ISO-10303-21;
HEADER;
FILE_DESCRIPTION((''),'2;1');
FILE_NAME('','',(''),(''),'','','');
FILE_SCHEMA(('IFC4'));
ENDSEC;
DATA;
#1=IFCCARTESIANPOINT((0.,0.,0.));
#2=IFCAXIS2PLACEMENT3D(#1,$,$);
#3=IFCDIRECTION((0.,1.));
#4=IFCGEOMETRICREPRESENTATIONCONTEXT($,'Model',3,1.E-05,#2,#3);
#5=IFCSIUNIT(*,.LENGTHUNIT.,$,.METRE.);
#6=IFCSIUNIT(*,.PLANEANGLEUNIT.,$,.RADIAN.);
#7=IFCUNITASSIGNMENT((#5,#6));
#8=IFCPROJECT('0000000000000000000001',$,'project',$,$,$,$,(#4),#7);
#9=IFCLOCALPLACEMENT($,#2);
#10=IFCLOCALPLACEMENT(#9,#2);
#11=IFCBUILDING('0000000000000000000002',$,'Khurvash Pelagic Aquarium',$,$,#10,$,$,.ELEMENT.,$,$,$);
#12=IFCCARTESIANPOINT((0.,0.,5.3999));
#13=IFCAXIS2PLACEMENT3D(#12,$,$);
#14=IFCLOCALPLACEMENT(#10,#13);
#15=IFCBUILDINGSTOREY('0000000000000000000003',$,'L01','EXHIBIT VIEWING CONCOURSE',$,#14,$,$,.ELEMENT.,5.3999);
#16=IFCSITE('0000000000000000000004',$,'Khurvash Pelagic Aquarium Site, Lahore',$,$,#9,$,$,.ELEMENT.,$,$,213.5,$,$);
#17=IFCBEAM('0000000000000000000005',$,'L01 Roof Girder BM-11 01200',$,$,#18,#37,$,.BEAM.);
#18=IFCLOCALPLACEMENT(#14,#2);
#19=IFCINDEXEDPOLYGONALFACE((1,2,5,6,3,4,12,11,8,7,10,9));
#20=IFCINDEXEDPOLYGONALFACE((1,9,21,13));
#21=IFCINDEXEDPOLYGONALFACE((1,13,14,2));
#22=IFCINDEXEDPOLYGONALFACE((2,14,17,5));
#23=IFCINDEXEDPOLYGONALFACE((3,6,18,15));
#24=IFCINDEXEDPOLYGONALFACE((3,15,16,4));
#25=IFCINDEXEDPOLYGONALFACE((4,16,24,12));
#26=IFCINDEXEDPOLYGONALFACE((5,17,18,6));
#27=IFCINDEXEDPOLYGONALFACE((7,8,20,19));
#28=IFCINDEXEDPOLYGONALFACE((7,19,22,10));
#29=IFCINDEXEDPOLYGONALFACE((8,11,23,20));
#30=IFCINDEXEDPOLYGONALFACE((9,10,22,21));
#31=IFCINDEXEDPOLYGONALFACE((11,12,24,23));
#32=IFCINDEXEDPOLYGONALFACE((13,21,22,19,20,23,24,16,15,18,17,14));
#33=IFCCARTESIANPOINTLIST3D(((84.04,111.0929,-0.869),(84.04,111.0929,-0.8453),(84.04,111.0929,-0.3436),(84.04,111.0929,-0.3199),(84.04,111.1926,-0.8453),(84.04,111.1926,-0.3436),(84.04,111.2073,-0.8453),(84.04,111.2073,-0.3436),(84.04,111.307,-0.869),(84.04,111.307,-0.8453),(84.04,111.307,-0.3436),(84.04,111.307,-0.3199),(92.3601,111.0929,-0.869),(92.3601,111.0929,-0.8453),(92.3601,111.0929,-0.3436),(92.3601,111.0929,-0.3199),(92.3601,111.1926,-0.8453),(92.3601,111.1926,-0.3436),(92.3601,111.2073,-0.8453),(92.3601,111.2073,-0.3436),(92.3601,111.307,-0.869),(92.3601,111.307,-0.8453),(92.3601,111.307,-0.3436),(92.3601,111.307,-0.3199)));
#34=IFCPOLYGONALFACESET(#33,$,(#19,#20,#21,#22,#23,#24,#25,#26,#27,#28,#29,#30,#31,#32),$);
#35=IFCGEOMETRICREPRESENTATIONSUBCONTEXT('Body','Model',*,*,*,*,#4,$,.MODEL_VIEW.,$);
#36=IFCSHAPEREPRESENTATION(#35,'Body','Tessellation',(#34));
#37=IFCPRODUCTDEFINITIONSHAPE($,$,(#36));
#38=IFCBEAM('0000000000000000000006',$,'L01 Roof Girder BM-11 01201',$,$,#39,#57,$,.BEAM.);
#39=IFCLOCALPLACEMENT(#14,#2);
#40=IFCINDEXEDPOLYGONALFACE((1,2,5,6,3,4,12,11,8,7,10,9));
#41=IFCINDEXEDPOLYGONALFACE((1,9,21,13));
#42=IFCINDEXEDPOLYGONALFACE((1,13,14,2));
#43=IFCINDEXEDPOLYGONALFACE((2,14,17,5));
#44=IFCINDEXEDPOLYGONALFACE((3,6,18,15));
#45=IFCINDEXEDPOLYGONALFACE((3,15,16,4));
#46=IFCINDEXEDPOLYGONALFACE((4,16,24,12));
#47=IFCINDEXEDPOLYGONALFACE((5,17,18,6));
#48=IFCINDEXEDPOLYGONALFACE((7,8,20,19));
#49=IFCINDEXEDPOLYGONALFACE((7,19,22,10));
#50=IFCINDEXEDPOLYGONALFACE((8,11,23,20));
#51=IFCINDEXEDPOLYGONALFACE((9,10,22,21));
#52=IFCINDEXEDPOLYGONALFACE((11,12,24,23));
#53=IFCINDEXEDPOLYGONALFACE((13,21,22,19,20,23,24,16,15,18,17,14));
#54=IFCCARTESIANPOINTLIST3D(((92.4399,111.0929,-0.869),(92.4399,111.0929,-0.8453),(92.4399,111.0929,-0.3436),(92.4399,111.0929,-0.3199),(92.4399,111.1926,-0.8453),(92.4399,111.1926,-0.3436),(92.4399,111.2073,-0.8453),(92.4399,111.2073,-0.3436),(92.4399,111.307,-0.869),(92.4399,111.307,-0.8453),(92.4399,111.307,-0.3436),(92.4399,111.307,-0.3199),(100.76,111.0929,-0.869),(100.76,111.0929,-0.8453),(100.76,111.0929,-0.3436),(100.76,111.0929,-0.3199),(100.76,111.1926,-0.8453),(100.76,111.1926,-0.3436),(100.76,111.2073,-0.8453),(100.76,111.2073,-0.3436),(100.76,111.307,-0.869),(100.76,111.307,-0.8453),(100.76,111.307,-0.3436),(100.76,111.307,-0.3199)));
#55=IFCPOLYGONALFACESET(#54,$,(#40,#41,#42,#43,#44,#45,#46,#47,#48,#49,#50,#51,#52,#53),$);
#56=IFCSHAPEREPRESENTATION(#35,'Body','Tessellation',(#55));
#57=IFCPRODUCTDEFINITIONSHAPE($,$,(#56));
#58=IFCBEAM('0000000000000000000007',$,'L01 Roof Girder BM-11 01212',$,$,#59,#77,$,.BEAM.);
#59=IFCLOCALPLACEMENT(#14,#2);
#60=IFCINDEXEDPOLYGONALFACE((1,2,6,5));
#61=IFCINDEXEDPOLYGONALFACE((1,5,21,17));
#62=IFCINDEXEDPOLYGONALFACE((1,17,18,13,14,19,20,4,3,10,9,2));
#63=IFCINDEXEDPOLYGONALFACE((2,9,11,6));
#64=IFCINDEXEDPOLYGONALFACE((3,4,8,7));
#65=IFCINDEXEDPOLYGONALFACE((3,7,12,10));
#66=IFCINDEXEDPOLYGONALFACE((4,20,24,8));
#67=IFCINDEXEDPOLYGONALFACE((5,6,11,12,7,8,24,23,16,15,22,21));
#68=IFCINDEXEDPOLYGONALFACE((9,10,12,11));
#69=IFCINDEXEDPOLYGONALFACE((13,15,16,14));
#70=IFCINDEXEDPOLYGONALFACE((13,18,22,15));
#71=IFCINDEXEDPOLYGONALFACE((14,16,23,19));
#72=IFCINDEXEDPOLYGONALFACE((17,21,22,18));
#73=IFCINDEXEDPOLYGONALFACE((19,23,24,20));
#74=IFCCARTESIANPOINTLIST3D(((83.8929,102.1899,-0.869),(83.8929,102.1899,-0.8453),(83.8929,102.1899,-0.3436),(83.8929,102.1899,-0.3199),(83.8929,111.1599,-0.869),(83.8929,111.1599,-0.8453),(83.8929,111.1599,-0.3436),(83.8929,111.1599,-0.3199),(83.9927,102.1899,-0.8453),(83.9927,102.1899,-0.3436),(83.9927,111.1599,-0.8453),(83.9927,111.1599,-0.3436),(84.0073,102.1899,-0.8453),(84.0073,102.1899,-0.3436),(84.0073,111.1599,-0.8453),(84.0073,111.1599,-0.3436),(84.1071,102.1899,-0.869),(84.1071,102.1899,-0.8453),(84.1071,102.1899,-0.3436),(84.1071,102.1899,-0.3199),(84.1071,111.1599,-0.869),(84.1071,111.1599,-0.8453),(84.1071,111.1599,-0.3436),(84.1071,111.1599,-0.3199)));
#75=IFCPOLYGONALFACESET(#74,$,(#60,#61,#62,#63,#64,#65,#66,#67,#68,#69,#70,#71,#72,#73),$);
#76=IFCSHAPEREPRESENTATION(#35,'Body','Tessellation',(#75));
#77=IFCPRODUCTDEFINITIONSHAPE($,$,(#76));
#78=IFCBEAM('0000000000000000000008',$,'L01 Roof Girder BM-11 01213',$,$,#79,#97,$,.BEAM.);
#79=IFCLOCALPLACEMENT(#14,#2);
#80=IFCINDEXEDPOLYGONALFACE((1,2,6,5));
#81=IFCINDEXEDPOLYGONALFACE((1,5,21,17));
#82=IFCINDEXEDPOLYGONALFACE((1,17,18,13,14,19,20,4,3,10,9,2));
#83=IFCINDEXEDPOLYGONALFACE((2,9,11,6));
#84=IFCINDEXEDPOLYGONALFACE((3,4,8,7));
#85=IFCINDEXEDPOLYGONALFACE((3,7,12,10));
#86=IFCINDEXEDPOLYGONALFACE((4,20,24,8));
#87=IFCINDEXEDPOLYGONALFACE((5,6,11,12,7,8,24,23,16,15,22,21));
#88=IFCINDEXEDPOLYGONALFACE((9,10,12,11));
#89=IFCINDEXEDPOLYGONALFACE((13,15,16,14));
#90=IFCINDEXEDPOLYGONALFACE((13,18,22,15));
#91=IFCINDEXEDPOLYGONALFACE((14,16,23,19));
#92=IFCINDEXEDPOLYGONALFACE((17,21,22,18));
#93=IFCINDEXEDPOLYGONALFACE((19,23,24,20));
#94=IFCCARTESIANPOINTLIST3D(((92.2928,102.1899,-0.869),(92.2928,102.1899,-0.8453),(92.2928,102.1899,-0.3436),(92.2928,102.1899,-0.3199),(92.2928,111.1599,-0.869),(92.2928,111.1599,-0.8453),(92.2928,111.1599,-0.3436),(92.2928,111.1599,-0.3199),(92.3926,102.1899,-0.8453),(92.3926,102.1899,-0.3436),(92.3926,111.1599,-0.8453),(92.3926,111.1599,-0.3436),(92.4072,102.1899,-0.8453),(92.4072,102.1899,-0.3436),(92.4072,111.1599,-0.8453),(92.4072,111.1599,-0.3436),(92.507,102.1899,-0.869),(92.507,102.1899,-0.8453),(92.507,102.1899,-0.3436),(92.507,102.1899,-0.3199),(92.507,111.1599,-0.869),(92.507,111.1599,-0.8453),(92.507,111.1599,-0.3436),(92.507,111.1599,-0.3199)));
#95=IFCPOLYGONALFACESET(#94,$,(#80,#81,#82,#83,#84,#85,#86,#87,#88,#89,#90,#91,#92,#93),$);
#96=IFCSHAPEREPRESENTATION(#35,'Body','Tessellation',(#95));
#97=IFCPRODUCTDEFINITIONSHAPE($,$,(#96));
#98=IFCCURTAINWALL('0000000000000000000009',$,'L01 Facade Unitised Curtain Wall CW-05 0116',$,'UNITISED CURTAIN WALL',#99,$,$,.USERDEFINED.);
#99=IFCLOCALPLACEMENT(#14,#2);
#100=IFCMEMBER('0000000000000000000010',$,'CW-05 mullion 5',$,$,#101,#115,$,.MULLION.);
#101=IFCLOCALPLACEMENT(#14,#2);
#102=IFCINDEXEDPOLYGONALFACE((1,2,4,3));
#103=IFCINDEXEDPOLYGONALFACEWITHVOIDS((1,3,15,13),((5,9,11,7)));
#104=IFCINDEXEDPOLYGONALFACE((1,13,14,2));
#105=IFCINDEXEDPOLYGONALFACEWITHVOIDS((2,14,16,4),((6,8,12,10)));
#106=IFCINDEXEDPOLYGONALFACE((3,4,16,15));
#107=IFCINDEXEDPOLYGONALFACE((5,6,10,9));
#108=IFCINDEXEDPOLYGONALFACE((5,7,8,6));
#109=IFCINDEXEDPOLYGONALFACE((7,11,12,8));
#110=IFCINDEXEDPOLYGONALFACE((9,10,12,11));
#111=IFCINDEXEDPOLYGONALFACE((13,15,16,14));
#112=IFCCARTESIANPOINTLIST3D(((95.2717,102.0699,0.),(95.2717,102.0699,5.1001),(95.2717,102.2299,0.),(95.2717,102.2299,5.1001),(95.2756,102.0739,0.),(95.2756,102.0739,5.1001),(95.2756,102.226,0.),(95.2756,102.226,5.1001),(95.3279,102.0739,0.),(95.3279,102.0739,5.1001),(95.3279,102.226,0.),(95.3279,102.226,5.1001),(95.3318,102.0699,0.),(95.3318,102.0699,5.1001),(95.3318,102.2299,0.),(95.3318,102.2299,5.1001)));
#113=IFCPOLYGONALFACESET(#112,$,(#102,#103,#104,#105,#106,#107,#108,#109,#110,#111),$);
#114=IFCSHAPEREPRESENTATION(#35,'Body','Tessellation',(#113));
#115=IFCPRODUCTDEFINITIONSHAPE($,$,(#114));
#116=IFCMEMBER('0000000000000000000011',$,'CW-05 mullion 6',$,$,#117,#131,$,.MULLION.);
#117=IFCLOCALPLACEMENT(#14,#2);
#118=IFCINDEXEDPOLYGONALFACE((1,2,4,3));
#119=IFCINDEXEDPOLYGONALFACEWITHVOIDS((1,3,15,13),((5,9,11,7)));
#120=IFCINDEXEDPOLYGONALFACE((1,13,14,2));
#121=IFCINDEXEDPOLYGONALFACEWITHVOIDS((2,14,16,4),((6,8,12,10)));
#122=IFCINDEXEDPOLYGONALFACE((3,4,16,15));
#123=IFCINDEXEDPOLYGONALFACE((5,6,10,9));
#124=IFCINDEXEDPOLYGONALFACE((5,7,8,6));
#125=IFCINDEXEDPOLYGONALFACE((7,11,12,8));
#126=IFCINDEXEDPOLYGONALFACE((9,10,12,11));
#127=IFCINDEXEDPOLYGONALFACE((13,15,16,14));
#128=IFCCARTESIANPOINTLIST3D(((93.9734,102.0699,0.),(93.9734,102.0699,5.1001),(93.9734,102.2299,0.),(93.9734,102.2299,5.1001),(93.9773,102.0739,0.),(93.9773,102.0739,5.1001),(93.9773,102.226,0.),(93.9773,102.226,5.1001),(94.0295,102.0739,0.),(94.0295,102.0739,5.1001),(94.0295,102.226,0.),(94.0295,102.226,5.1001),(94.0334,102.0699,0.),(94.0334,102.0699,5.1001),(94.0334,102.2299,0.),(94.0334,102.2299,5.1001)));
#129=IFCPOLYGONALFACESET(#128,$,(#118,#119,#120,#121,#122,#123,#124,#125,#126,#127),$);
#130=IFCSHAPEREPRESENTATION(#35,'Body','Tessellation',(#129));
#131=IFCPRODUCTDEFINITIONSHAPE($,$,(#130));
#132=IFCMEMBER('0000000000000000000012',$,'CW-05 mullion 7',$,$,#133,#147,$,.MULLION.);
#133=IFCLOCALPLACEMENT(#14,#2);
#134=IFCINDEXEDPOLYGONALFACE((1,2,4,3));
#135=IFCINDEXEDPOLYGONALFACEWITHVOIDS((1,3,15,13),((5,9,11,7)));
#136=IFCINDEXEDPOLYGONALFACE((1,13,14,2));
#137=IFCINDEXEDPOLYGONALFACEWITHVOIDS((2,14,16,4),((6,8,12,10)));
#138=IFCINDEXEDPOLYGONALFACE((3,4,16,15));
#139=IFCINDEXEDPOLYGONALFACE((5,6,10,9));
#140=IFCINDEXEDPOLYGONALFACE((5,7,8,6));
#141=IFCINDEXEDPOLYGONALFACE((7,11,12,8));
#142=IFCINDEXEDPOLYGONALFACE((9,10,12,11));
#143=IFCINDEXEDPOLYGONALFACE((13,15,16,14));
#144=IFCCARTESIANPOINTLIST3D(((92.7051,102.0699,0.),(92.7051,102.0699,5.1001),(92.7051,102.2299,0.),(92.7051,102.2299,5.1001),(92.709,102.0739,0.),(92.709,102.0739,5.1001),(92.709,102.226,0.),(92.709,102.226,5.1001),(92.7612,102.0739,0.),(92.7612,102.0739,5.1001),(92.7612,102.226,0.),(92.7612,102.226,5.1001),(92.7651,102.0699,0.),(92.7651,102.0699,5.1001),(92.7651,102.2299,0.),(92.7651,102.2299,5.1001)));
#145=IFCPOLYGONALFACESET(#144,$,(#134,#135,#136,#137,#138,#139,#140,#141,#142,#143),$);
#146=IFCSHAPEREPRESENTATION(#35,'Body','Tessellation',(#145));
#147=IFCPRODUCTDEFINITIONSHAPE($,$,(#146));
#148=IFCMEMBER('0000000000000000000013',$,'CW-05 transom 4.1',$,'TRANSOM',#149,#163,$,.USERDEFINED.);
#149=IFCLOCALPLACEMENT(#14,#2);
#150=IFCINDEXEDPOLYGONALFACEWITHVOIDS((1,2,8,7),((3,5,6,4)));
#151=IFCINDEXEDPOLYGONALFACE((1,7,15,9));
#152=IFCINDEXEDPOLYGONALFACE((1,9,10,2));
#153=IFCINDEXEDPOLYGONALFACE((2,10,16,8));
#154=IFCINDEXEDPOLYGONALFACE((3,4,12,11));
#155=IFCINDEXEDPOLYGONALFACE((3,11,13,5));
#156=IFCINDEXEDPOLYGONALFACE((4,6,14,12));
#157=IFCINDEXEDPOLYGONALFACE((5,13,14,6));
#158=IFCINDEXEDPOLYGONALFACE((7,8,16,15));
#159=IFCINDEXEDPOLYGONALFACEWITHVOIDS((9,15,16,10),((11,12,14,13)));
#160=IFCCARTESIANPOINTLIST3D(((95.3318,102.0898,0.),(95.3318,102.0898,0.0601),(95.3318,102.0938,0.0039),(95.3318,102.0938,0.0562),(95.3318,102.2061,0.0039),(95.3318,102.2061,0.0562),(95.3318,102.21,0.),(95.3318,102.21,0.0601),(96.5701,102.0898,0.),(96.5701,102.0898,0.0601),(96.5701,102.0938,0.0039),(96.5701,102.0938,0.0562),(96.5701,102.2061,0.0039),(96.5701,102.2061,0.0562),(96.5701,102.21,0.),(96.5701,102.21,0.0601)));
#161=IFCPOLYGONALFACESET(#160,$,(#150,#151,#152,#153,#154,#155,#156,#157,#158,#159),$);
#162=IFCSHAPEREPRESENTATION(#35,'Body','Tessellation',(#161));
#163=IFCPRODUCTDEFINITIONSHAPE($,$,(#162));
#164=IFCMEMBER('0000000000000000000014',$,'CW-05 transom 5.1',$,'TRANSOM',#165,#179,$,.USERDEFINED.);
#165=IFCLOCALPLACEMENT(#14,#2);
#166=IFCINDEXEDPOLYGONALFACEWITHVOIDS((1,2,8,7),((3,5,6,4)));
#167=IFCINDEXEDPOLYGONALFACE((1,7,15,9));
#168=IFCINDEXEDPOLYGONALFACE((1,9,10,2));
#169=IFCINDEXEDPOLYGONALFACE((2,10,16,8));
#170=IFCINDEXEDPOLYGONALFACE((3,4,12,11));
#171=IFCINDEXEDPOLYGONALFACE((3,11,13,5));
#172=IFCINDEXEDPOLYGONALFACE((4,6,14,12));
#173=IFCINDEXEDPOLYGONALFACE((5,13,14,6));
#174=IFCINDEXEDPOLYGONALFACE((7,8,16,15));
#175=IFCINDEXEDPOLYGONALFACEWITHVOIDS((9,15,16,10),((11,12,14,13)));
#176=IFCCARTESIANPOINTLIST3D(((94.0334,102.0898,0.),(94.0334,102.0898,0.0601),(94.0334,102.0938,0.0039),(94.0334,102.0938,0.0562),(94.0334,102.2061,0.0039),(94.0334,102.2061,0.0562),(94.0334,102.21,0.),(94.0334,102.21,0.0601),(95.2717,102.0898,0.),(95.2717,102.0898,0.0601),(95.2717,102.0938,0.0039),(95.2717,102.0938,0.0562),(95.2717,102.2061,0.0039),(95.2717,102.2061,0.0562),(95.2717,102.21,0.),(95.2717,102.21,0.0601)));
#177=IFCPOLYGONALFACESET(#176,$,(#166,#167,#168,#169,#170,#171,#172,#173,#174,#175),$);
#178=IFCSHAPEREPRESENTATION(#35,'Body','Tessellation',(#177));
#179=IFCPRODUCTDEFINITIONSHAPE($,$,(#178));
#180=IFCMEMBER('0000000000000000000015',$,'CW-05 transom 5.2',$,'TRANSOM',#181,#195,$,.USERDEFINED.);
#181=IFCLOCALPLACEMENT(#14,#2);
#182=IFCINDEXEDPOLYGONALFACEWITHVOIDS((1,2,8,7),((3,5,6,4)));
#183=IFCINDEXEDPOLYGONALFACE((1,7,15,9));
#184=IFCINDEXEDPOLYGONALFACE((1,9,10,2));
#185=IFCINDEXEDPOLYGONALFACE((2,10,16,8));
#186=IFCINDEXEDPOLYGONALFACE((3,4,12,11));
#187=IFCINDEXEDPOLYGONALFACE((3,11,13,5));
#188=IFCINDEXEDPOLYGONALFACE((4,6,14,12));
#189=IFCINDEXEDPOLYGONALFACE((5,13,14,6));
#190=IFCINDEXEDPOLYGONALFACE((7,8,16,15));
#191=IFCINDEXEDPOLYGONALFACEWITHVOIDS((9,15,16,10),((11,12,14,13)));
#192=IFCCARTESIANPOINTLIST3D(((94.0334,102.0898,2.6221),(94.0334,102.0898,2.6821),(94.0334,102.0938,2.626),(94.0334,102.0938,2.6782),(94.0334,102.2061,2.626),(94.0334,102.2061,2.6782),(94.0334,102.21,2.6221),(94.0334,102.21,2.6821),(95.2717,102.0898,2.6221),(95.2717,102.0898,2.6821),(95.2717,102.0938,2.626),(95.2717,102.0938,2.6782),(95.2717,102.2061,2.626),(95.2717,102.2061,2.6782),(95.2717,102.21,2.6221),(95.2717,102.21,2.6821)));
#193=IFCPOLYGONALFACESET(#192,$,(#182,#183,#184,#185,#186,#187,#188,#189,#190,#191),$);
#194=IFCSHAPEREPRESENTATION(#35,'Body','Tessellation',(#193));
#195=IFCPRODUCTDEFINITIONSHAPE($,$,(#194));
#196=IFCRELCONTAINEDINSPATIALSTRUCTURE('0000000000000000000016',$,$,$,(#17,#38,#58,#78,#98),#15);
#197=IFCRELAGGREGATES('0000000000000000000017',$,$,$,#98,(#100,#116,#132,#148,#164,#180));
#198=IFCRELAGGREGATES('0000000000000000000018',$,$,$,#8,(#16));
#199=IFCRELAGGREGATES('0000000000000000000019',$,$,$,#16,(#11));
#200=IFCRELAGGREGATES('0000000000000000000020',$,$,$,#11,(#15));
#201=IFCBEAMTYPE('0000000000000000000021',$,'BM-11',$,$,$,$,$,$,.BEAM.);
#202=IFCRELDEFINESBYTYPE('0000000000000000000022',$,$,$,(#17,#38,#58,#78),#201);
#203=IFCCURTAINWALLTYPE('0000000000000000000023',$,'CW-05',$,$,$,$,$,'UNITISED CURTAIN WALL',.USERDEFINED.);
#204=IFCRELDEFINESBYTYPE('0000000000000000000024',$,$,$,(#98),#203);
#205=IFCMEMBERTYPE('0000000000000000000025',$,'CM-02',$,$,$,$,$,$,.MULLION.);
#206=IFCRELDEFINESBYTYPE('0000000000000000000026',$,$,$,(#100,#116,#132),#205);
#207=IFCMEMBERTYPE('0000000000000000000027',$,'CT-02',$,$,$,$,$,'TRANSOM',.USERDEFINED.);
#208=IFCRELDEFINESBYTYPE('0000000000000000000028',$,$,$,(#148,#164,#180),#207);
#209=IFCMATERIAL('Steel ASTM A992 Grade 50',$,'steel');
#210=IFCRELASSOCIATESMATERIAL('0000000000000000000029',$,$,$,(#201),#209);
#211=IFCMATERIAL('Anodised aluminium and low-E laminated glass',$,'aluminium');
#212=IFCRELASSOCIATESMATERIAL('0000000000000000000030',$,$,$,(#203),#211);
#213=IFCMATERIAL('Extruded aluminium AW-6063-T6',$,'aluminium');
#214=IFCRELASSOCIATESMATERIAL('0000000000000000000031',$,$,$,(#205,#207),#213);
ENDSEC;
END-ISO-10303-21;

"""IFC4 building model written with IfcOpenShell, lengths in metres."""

from ifc_helpers import new_model, si_unit, direction, frame, origin, origin_2d, place, context, subcontext, project, spatial, hollow_rectangle, i_section, extrude, material, material_profile, profile_set, type_object, element, aggregate, save


model = new_model("IFC4")

# Units and contexts
model_context = context("Model", 3, precision=1e-05, world=origin(), true_north=direction((0.0, 1.0)))
body_context = subcontext(model_context, "Body", "Model", "MODEL_VIEW")
ifc_project = project(units=[si_unit("LENGTHUNIT", "METRE"), si_unit("PLANEANGLEUNIT", "RADIAN")], contexts=[model_context])

# Site, building, storey
site_placement = place(None, origin())
site = spatial("IfcSite", under=ifc_project, at=site_placement, Name="Khurvash Pelagic Aquarium Site, Lahore", CompositionType="ELEMENT", RefElevation=213.5)
building_placement = place(site_placement, origin())
building = spatial("IfcBuilding", under=site, at=building_placement, Name="Khurvash Pelagic Aquarium", CompositionType="ELEMENT")
storey_placement = place(building_placement, frame((0.0, 0.0, 5.3999)))
storey = spatial("IfcBuildingStorey", under=building, at=storey_placement, Name="L01", Description="EXHIBIT VIEWING CONCOURSE", CompositionType="ELEMENT", Elevation=5.3999)

# Beams
ifc_material_1 = material(Name="Steel ASTM A992 Grade 50", Category="steel")
ifc_material_profile_1 = material_profile(ifc_material_1, i_section(OverallWidth=0.2141, OverallDepth=0.5491, WebThickness=0.0146, FlangeThickness=0.0237, at=origin_2d()), Name="W21X93")
ifc_profile_set_1 = profile_set([ifc_material_profile_1], Name="Steel ASTM A992 Grade 50")
beam_type_1 = type_object("IfcBeamType", Name="BM-11", PredefinedType="BEAM", material=ifc_profile_set_1)
for number, where, z_axis, x_axis, name in (
    (1, (84.04, 111.2, -0.5945), (1.0, 0.0, 0.0), (0.0, 1.0, 0.0), "L01 Roof Girder BM-11 01200"),
    (2, (92.4399, 111.2, -0.5945), (1.0, 0.0, 0.0), (0.0, 1.0, 0.0), "L01 Roof Girder BM-11 01201"),
):
    element("IfcBeam", number, at=place(storey_placement, frame(where, z_axis=z_axis, x_axis=x_axis)), inside=storey, type_object=beam_type_1, Name=name, PredefinedType="BEAM", context=body_context, shape_type="SweptSolid", body=[
        extrude(i_section(OverallWidth=0.2141, OverallDepth=0.5491, WebThickness=0.0146, FlangeThickness=0.0237, at=origin_2d()), origin(), (0.0, 0.0, 1.0), 8.3201),
    ])
for number, where, z_axis, x_axis, name in (
    (3, (84.0, 102.1899, -0.5945), (0.0, 1.0, 0.0), (-1.0, 0.0, 0.0), "L01 Roof Girder BM-11 01212"),
    (4, (92.3999, 102.1899, -0.5945), (0.0, 1.0, 0.0), (-1.0, 0.0, 0.0), "L01 Roof Girder BM-11 01213"),
):
    element("IfcBeam", number, at=place(storey_placement, frame(where, z_axis=z_axis, x_axis=x_axis)), inside=storey, type_object=beam_type_1, Name=name, PredefinedType="BEAM", context=body_context, shape_type="SweptSolid", body=[
        extrude(i_section(OverallWidth=0.2141, OverallDepth=0.5491, WebThickness=0.0146, FlangeThickness=0.0237, at=origin_2d()), origin(), (0.0, 0.0, 1.0), 8.97),
    ])

# Curtain wall, members
ifc_material_2 = material(Name="Anodised aluminium and low-E laminated glass", Category="aluminium")
curtain_wall_type = type_object("IfcCurtainWallType", Name="CW-05", ElementType="UNITISED CURTAIN WALL", PredefinedType="USERDEFINED", material=ifc_material_2)
curtain_wall_placement = place(storey_placement, origin())
curtain_wall = element("IfcCurtainWall", 5, at=curtain_wall_placement, inside=storey, type_object=curtain_wall_type, Name="L01 Facade Unitised Curtain Wall CW-05 0116", ObjectType="UNITISED CURTAIN WALL", PredefinedType="USERDEFINED")
ifc_material_3 = material(Name="Extruded aluminium AW-6063-T6", Category="aluminium")
ifc_material_profile_2 = material_profile(ifc_material_3, hollow_rectangle(XDim=0.0601, YDim=0.1599, WallThickness=0.0039, at=origin_2d()), Name="CWM60X160X4")
ifc_profile_set_2 = profile_set([ifc_material_profile_2], Name="Extruded aluminium AW-6063-T6")
member_type_1 = type_object("IfcMemberType", Name="CM-02", PredefinedType="MULLION", material=ifc_profile_set_2)
member_1_placement = place(storey_placement, frame((95.3018, 102.1499, 0.0), z_axis=(0.0, 0.0, 1.0), x_axis=(-1.0, 0.0, 0.0)))
member_1 = element("IfcMember", 6, at=member_1_placement, type_object=member_type_1, Name="CW-05 mullion 5", PredefinedType="MULLION", context=body_context, shape_type="SweptSolid", body=[
    extrude(hollow_rectangle(XDim=0.0601, YDim=0.1599, WallThickness=0.0039, at=origin_2d()), origin(), (0.0, 0.0, 1.0), 5.1001),
])
member_2_placement = place(storey_placement, frame((94.0034, 102.1499, 0.0), z_axis=(0.0, 0.0, 1.0), x_axis=(-1.0, 0.0, 0.0)))
member_2 = element("IfcMember", 7, at=member_2_placement, type_object=member_type_1, Name="CW-05 mullion 6", PredefinedType="MULLION", context=body_context, shape_type="SweptSolid", body=[
    extrude(hollow_rectangle(XDim=0.0601, YDim=0.1599, WallThickness=0.0039, at=origin_2d()), origin(), (0.0, 0.0, 1.0), 5.1001),
])
member_3_placement = place(storey_placement, frame((92.7351, 102.1499, 0.0), z_axis=(0.0, 0.0, 1.0), x_axis=(-1.0, 0.0, 0.0)))
member_3 = element("IfcMember", 8, at=member_3_placement, type_object=member_type_1, Name="CW-05 mullion 7", PredefinedType="MULLION", context=body_context, shape_type="SweptSolid", body=[
    extrude(hollow_rectangle(XDim=0.0601, YDim=0.1599, WallThickness=0.0039, at=origin_2d()), origin(), (0.0, 0.0, 1.0), 5.1001),
])
ifc_material_profile_3 = material_profile(ifc_material_3, hollow_rectangle(XDim=0.1201, YDim=0.0601, WallThickness=0.0039, at=origin_2d()), Name="CWT120X60X4")
ifc_profile_set_3 = profile_set([ifc_material_profile_3], Name="Extruded aluminium AW-6063-T6")
member_type_2 = type_object("IfcMemberType", Name="CT-02", ElementType="TRANSOM", PredefinedType="USERDEFINED", material=ifc_profile_set_3)
member_4_placement = place(storey_placement, frame((96.5701, 102.1499, 0.03), z_axis=(-1.0, 0.0, 0.0), x_axis=(0.0, -1.0, 0.0)))
member_4 = element("IfcMember", 9, at=member_4_placement, type_object=member_type_2, Name="CW-05 transom 4.1", ObjectType="TRANSOM", PredefinedType="USERDEFINED", context=body_context, shape_type="SweptSolid", body=[
    extrude(hollow_rectangle(XDim=0.1201, YDim=0.0601, WallThickness=0.0039, at=origin_2d()), origin(), (0.0, 0.0, 1.0), 1.2383),
])
member_5_placement = place(storey_placement, frame((95.2717, 102.1499, 0.03), z_axis=(-1.0, 0.0, 0.0), x_axis=(0.0, -1.0, 0.0)))
member_5 = element("IfcMember", 10, at=member_5_placement, type_object=member_type_2, Name="CW-05 transom 5.1", ObjectType="TRANSOM", PredefinedType="USERDEFINED", context=body_context, shape_type="SweptSolid", body=[
    extrude(hollow_rectangle(XDim=0.1201, YDim=0.0601, WallThickness=0.0039, at=origin_2d()), origin(), (0.0, 0.0, 1.0), 1.2383),
])
member_6_placement = place(storey_placement, frame((95.2717, 102.1499, 2.6521), z_axis=(-1.0, 0.0, 0.0), x_axis=(0.0, -1.0, 0.0)))
member_6 = element("IfcMember", 11, at=member_6_placement, type_object=member_type_2, Name="CW-05 transom 5.2", ObjectType="TRANSOM", PredefinedType="USERDEFINED", context=body_context, shape_type="SweptSolid", body=[
    extrude(hollow_rectangle(XDim=0.1201, YDim=0.0601, WallThickness=0.0039, at=origin_2d()), origin(), (0.0, 0.0, 1.0), 1.2383),
])

aggregate(curtain_wall, [member_1, member_2, member_3, member_4, member_5, member_6])

save(model, "model.ifc")
